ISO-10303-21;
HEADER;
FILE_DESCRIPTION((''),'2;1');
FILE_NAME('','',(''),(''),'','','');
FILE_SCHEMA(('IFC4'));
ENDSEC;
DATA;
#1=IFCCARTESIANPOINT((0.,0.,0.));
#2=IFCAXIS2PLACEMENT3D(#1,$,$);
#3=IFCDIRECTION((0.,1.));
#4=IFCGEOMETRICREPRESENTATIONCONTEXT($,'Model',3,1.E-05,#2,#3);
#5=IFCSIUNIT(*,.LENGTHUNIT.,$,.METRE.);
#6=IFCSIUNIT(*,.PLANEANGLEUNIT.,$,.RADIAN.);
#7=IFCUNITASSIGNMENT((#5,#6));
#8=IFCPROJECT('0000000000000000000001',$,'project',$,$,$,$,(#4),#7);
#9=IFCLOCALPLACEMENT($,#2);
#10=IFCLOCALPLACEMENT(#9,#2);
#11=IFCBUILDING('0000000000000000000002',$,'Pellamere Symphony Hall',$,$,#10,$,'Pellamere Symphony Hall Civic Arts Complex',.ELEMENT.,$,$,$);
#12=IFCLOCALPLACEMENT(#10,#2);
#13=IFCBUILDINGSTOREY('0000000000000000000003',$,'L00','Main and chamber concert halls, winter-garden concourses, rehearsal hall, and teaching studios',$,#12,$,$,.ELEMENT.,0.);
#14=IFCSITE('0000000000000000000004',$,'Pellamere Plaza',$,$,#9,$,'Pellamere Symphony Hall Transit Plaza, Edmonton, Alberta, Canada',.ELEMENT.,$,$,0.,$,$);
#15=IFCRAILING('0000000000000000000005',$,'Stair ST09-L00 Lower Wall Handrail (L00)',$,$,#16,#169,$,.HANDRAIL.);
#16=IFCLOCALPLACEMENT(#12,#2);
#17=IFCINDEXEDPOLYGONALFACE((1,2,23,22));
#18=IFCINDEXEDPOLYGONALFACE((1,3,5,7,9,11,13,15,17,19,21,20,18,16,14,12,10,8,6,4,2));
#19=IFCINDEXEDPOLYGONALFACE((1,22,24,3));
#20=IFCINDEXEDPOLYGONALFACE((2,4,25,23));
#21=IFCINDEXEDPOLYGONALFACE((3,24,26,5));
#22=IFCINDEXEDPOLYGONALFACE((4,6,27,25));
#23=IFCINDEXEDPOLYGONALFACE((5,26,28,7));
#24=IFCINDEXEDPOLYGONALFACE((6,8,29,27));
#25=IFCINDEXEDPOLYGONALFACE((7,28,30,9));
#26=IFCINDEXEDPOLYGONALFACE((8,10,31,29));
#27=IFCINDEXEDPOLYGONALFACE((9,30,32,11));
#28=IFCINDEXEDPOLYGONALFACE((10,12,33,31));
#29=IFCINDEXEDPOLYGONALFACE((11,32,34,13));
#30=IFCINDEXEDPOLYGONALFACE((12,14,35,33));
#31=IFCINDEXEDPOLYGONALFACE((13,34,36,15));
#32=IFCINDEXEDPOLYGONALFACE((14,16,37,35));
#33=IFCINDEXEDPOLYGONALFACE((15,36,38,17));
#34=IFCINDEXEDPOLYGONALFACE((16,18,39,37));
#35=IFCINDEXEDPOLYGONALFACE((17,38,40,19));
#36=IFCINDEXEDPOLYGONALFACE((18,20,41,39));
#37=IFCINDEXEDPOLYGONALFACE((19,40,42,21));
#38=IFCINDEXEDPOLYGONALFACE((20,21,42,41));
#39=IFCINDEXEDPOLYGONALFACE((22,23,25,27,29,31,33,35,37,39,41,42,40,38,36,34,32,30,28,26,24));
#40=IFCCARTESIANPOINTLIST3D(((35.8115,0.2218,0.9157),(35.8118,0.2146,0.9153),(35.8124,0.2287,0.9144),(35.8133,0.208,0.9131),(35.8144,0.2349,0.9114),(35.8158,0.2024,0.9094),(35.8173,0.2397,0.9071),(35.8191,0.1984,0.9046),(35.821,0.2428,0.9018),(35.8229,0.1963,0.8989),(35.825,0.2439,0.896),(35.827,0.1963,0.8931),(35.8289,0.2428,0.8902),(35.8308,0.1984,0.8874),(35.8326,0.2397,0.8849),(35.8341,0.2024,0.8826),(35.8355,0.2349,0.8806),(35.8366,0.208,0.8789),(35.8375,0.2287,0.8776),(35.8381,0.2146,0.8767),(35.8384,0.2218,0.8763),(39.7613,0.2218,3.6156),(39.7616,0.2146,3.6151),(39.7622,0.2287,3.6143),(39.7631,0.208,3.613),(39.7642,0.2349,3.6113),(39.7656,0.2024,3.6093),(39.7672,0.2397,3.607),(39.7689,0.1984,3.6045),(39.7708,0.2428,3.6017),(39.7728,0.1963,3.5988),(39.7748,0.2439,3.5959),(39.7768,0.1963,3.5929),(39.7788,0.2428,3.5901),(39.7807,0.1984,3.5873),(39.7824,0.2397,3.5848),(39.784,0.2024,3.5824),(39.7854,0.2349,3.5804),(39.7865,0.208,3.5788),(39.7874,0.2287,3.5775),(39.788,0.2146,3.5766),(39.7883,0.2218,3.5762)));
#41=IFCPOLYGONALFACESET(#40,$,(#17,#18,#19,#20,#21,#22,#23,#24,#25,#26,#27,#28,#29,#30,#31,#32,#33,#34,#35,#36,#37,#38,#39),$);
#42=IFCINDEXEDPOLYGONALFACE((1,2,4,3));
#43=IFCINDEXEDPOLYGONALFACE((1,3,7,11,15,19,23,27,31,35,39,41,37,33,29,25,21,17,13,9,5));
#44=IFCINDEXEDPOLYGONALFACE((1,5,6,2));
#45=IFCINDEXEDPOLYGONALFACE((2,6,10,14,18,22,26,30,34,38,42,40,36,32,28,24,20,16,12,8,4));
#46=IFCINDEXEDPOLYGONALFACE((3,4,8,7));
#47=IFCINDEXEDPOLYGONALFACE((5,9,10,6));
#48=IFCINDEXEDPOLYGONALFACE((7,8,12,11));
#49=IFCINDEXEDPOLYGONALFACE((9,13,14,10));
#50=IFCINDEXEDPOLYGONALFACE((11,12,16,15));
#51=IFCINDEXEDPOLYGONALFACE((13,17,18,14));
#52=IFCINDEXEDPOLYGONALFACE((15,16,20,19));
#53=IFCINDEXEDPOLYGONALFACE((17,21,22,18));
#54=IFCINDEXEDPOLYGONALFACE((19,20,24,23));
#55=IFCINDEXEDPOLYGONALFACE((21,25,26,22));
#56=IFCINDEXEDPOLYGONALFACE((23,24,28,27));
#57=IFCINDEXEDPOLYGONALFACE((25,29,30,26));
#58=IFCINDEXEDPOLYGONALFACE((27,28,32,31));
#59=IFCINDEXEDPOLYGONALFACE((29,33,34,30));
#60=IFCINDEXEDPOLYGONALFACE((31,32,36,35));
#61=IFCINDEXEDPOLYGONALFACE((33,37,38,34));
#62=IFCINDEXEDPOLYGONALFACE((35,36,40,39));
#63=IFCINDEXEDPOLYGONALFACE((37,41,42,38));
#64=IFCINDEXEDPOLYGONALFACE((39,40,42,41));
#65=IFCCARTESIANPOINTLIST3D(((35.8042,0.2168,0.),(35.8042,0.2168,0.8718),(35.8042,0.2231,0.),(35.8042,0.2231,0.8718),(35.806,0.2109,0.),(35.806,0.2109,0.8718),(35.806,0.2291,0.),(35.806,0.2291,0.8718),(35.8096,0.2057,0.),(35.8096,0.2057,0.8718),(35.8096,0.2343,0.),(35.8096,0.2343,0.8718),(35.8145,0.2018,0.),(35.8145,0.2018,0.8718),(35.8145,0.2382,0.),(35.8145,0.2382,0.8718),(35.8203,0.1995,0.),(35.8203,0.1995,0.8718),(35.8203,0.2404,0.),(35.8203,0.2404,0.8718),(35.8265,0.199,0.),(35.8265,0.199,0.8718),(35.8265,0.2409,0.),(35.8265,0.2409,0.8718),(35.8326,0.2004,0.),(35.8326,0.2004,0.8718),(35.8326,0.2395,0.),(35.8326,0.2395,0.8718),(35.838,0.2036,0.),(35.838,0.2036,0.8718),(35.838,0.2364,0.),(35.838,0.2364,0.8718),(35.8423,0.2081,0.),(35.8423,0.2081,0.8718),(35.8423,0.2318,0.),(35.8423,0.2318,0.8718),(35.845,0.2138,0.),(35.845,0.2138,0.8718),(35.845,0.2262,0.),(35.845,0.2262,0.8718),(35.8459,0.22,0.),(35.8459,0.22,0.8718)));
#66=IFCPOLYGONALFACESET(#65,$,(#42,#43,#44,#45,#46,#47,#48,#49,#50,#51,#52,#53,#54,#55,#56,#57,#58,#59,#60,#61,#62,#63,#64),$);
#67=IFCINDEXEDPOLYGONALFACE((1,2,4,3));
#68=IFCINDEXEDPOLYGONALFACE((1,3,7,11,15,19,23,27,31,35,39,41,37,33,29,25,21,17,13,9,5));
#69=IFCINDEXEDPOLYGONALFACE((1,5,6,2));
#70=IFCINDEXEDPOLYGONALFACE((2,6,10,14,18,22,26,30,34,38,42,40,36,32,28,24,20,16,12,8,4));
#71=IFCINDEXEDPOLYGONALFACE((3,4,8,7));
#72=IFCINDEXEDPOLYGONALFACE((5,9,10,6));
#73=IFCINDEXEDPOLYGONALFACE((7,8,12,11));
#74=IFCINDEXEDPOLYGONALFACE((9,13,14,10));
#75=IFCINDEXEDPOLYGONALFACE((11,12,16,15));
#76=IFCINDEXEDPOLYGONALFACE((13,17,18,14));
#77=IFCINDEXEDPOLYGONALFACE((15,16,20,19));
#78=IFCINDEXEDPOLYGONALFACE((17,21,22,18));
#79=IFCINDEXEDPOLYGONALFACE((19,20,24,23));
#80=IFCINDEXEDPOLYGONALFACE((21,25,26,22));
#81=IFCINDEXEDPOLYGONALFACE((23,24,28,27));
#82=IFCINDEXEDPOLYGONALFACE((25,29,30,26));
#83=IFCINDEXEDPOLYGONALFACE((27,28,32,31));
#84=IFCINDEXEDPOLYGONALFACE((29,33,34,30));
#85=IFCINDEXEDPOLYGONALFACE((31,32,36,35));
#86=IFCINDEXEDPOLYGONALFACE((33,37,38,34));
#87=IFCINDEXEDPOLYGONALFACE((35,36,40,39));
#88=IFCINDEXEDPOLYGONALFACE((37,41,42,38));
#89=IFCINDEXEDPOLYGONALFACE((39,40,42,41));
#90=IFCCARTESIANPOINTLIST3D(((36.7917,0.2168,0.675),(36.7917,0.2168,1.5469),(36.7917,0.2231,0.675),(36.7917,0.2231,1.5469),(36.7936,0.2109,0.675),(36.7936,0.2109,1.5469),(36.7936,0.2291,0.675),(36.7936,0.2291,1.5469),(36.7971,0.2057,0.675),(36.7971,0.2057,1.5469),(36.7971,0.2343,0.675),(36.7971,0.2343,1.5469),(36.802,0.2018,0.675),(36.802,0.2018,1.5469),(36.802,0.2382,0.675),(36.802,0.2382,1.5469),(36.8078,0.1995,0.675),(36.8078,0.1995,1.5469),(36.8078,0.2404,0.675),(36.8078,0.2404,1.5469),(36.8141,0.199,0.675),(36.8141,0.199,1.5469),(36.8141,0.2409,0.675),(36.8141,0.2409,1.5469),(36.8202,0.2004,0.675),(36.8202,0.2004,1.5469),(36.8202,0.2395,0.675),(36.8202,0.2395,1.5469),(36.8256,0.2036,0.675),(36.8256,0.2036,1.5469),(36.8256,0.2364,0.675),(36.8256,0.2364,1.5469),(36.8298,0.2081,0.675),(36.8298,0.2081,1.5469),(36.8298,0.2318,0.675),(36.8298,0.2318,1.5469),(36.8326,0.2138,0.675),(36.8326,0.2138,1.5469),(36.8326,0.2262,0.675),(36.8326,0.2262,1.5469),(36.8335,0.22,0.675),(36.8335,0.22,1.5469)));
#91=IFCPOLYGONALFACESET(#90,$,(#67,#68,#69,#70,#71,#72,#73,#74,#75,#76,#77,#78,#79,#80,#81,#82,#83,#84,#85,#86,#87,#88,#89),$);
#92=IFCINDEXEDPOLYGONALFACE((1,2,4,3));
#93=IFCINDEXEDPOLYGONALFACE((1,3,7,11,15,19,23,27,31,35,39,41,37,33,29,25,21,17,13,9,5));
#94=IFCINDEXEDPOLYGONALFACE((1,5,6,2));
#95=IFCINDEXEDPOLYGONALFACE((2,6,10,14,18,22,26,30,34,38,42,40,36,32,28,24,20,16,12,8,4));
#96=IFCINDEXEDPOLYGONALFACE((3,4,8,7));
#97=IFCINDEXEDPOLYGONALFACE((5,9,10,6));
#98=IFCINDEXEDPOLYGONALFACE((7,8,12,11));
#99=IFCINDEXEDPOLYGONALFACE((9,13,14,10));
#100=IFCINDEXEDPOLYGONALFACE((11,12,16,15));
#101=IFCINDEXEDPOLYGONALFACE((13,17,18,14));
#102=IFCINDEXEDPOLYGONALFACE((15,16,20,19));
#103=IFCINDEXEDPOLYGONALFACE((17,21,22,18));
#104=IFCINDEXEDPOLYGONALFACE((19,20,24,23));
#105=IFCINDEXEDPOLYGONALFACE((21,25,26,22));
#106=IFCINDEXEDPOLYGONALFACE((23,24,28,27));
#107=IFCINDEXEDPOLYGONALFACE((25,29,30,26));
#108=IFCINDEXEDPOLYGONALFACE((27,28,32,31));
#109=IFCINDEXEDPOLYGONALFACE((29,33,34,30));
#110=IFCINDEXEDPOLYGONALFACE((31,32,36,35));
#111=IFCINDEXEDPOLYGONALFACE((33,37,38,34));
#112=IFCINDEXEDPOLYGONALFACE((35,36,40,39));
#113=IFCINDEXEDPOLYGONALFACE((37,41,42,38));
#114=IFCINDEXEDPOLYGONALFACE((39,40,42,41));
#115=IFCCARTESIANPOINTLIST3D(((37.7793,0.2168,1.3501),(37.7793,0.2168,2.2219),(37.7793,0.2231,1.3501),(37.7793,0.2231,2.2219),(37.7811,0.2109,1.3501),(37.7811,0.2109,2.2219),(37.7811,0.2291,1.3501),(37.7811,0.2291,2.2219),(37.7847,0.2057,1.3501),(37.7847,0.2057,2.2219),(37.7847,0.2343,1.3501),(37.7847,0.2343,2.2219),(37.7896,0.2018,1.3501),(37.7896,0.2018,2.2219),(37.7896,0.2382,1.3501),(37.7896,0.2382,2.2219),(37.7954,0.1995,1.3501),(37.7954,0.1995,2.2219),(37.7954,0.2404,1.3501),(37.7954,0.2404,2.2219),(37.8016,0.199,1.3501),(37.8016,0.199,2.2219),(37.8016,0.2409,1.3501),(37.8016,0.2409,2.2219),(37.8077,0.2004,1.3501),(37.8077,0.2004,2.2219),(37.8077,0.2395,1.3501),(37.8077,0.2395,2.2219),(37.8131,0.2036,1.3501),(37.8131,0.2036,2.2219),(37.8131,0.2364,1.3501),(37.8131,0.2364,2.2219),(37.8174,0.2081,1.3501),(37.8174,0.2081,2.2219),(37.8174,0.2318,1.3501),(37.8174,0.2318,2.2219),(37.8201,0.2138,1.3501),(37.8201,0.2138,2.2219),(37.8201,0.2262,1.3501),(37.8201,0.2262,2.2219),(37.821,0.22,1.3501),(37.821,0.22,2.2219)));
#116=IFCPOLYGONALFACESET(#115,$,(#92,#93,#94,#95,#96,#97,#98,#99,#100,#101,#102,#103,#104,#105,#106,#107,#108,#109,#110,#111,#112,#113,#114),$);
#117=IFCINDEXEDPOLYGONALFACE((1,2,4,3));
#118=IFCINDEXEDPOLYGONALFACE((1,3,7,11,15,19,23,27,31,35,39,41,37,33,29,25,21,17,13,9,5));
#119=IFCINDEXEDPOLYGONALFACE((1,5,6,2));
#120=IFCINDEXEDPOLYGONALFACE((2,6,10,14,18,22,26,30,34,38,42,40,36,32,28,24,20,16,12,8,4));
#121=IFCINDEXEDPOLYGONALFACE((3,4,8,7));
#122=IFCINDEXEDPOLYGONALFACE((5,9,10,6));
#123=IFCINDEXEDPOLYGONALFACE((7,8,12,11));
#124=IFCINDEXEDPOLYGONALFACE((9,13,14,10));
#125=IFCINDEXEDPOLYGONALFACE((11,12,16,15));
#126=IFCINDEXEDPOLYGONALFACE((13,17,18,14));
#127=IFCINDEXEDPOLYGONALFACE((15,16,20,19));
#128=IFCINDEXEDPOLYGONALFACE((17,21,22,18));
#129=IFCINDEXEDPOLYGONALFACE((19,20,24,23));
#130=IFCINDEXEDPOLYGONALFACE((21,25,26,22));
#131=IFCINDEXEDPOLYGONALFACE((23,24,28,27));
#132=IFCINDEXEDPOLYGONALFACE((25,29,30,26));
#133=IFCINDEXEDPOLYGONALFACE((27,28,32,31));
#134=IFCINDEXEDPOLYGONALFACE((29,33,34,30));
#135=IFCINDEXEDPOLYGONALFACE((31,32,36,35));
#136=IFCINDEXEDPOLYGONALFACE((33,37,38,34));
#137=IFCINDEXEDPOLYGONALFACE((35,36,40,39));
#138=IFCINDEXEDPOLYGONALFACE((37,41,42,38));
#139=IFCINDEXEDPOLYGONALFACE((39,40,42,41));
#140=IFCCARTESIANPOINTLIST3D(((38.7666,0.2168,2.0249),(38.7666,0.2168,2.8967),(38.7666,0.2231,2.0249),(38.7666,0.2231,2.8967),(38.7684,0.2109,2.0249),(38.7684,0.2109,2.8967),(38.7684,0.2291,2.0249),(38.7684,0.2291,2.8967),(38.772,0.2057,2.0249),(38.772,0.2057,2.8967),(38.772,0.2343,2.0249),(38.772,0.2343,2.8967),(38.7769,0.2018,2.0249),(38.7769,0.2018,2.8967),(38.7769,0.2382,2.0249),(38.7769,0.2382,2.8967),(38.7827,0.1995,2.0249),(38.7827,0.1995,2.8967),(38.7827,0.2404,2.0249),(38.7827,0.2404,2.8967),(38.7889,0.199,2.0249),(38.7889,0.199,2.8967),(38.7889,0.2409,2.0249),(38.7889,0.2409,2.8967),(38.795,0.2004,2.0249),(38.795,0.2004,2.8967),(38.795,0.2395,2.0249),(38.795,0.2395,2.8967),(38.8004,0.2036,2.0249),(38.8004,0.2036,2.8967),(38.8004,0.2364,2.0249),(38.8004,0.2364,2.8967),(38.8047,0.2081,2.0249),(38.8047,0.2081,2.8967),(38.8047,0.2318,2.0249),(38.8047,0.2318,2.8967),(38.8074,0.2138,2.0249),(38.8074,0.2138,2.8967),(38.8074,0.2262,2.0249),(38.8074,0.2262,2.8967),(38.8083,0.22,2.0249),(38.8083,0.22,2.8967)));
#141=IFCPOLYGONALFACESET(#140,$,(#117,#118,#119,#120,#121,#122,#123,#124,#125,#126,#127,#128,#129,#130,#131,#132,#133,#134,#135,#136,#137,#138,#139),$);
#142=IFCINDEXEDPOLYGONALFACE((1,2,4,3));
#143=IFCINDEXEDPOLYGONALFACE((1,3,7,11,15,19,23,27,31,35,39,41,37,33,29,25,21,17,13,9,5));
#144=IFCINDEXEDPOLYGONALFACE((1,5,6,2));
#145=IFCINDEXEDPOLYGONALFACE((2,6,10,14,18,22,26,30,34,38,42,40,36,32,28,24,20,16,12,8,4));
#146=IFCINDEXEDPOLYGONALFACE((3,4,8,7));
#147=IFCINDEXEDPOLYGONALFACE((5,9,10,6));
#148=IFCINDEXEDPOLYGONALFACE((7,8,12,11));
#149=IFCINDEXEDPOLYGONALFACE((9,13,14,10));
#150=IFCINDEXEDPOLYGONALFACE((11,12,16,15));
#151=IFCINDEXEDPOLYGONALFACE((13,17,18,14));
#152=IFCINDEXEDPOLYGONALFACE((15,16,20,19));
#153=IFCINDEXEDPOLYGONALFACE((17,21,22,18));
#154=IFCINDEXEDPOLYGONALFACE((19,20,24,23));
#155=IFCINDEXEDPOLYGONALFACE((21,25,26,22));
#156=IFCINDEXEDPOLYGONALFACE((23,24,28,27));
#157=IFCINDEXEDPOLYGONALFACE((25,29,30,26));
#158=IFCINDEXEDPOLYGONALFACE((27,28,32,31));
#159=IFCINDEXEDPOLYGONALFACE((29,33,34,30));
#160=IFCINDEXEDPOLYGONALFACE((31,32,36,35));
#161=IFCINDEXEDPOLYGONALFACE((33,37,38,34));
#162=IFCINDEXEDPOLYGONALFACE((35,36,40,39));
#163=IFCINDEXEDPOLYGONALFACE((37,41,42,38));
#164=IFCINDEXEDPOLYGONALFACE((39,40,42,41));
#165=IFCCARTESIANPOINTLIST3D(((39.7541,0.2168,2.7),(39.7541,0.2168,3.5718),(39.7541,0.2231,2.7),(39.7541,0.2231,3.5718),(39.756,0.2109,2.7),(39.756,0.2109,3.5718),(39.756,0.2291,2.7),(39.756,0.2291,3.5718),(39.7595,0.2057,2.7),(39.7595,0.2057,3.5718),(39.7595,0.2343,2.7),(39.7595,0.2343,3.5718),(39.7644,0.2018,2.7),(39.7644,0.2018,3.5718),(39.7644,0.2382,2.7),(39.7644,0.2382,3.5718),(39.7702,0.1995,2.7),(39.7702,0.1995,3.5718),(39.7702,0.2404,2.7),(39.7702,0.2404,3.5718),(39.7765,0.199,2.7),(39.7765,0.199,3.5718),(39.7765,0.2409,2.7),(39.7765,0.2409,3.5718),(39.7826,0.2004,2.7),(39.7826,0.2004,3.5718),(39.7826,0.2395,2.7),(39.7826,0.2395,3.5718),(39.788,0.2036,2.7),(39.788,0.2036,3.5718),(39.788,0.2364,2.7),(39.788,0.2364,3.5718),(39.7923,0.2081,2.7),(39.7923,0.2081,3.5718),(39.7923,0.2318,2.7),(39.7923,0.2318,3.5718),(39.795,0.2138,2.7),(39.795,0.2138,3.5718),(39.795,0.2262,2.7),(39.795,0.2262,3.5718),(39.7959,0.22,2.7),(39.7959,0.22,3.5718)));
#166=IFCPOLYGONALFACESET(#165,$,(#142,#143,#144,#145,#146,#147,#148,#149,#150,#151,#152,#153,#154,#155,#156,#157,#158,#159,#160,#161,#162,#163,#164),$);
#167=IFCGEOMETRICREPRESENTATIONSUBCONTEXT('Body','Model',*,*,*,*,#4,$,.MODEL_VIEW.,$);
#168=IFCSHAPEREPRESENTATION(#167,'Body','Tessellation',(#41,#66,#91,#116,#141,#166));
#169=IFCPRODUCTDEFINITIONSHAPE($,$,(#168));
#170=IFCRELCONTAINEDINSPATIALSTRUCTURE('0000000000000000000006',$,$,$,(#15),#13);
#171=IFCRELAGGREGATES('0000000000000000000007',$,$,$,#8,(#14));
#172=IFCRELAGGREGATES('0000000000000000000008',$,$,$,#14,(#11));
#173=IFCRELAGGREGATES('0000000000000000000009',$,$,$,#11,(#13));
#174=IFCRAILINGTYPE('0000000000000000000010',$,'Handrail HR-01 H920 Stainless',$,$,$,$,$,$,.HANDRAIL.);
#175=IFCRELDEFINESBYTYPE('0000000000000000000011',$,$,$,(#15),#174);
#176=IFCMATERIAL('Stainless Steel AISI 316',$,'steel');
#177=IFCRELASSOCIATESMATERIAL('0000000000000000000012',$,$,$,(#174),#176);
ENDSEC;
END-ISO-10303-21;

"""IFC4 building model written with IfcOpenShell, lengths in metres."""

from ifc_helpers import new_model, si_unit, direction, frame, origin, origin_2d, place, context, subcontext, project, spatial, circle, extrude, material, type_object, element, save


model = new_model("IFC4")

# Units and contexts
model_context = context("Model", 3, precision=1e-05, world=origin(), true_north=direction((0.0, 1.0)))
body_context = subcontext(model_context, "Body", "Model", "MODEL_VIEW")
ifc_project = project(units=[si_unit("LENGTHUNIT", "METRE"), si_unit("PLANEANGLEUNIT", "RADIAN")], contexts=[model_context])

# Site, building, storey
site_placement = place(None, origin())
site = spatial("IfcSite", under=ifc_project, at=site_placement, Name="Pellamere Plaza", LongName="Pellamere Symphony Hall Transit Plaza, Edmonton, Alberta, Canada", CompositionType="ELEMENT", RefElevation=0.0)
building_placement = place(site_placement, origin())
building = spatial("IfcBuilding", under=site, at=building_placement, Name="Pellamere Symphony Hall", LongName="Pellamere Symphony Hall Civic Arts Complex", CompositionType="ELEMENT")
storey_placement = place(building_placement, origin())
storey = spatial("IfcBuildingStorey", under=building, at=storey_placement, Name="L00", Description="Main and chamber concert halls, winter-garden concourses, rehearsal hall, and teaching studios", CompositionType="ELEMENT", Elevation=0.0)

# Railing
ifc_material_1 = material(Name="Stainless Steel AISI 316", Category="steel")
railing_type_1 = type_object("IfcRailingType", Name="Handrail HR-01 H920 Stainless", PredefinedType="HANDRAIL", material=ifc_material_1)
railing_1_placement = place(storey_placement, frame((35.825, 0.22, 0.0)))
element("IfcRailing", 1, at=railing_1_placement, inside=storey, type_object=railing_type_1, Name="Stair ST09-L00 Lower Wall Handrail (L00)", PredefinedType="HANDRAIL", context=body_context, shape_type="SweptSolid", body=[
    extrude(circle(Radius=0.0239, at=origin_2d()), frame((0.0, 0.0, 0.896), z_axis=(0.825565, 0.0, 0.564307), x_axis=(0.0, 1.0, 0.0)), (0.0, 0.0, 1.0), 4.7844),
    extrude(circle(Radius=0.021, at=origin_2d()), origin(), (0.0, 0.0, 1.0), 0.8718),
    extrude(circle(Radius=0.021, at=origin_2d()), frame((0.9875, 0.0, 0.675)), (0.0, 0.0, 1.0), 0.8718),
    extrude(circle(Radius=0.021, at=origin_2d()), frame((1.9751, 0.0, 1.3501)), (0.0, 0.0, 1.0), 0.8718),
    extrude(circle(Radius=0.021, at=origin_2d()), frame((2.9624, 0.0, 2.0249)), (0.0, 0.0, 1.0), 0.8718),
    extrude(circle(Radius=0.021, at=origin_2d()), frame((3.95, 0.0, 2.7)), (0.0, 0.0, 1.0), 0.8718),
])

save(model, "model.ifc")
